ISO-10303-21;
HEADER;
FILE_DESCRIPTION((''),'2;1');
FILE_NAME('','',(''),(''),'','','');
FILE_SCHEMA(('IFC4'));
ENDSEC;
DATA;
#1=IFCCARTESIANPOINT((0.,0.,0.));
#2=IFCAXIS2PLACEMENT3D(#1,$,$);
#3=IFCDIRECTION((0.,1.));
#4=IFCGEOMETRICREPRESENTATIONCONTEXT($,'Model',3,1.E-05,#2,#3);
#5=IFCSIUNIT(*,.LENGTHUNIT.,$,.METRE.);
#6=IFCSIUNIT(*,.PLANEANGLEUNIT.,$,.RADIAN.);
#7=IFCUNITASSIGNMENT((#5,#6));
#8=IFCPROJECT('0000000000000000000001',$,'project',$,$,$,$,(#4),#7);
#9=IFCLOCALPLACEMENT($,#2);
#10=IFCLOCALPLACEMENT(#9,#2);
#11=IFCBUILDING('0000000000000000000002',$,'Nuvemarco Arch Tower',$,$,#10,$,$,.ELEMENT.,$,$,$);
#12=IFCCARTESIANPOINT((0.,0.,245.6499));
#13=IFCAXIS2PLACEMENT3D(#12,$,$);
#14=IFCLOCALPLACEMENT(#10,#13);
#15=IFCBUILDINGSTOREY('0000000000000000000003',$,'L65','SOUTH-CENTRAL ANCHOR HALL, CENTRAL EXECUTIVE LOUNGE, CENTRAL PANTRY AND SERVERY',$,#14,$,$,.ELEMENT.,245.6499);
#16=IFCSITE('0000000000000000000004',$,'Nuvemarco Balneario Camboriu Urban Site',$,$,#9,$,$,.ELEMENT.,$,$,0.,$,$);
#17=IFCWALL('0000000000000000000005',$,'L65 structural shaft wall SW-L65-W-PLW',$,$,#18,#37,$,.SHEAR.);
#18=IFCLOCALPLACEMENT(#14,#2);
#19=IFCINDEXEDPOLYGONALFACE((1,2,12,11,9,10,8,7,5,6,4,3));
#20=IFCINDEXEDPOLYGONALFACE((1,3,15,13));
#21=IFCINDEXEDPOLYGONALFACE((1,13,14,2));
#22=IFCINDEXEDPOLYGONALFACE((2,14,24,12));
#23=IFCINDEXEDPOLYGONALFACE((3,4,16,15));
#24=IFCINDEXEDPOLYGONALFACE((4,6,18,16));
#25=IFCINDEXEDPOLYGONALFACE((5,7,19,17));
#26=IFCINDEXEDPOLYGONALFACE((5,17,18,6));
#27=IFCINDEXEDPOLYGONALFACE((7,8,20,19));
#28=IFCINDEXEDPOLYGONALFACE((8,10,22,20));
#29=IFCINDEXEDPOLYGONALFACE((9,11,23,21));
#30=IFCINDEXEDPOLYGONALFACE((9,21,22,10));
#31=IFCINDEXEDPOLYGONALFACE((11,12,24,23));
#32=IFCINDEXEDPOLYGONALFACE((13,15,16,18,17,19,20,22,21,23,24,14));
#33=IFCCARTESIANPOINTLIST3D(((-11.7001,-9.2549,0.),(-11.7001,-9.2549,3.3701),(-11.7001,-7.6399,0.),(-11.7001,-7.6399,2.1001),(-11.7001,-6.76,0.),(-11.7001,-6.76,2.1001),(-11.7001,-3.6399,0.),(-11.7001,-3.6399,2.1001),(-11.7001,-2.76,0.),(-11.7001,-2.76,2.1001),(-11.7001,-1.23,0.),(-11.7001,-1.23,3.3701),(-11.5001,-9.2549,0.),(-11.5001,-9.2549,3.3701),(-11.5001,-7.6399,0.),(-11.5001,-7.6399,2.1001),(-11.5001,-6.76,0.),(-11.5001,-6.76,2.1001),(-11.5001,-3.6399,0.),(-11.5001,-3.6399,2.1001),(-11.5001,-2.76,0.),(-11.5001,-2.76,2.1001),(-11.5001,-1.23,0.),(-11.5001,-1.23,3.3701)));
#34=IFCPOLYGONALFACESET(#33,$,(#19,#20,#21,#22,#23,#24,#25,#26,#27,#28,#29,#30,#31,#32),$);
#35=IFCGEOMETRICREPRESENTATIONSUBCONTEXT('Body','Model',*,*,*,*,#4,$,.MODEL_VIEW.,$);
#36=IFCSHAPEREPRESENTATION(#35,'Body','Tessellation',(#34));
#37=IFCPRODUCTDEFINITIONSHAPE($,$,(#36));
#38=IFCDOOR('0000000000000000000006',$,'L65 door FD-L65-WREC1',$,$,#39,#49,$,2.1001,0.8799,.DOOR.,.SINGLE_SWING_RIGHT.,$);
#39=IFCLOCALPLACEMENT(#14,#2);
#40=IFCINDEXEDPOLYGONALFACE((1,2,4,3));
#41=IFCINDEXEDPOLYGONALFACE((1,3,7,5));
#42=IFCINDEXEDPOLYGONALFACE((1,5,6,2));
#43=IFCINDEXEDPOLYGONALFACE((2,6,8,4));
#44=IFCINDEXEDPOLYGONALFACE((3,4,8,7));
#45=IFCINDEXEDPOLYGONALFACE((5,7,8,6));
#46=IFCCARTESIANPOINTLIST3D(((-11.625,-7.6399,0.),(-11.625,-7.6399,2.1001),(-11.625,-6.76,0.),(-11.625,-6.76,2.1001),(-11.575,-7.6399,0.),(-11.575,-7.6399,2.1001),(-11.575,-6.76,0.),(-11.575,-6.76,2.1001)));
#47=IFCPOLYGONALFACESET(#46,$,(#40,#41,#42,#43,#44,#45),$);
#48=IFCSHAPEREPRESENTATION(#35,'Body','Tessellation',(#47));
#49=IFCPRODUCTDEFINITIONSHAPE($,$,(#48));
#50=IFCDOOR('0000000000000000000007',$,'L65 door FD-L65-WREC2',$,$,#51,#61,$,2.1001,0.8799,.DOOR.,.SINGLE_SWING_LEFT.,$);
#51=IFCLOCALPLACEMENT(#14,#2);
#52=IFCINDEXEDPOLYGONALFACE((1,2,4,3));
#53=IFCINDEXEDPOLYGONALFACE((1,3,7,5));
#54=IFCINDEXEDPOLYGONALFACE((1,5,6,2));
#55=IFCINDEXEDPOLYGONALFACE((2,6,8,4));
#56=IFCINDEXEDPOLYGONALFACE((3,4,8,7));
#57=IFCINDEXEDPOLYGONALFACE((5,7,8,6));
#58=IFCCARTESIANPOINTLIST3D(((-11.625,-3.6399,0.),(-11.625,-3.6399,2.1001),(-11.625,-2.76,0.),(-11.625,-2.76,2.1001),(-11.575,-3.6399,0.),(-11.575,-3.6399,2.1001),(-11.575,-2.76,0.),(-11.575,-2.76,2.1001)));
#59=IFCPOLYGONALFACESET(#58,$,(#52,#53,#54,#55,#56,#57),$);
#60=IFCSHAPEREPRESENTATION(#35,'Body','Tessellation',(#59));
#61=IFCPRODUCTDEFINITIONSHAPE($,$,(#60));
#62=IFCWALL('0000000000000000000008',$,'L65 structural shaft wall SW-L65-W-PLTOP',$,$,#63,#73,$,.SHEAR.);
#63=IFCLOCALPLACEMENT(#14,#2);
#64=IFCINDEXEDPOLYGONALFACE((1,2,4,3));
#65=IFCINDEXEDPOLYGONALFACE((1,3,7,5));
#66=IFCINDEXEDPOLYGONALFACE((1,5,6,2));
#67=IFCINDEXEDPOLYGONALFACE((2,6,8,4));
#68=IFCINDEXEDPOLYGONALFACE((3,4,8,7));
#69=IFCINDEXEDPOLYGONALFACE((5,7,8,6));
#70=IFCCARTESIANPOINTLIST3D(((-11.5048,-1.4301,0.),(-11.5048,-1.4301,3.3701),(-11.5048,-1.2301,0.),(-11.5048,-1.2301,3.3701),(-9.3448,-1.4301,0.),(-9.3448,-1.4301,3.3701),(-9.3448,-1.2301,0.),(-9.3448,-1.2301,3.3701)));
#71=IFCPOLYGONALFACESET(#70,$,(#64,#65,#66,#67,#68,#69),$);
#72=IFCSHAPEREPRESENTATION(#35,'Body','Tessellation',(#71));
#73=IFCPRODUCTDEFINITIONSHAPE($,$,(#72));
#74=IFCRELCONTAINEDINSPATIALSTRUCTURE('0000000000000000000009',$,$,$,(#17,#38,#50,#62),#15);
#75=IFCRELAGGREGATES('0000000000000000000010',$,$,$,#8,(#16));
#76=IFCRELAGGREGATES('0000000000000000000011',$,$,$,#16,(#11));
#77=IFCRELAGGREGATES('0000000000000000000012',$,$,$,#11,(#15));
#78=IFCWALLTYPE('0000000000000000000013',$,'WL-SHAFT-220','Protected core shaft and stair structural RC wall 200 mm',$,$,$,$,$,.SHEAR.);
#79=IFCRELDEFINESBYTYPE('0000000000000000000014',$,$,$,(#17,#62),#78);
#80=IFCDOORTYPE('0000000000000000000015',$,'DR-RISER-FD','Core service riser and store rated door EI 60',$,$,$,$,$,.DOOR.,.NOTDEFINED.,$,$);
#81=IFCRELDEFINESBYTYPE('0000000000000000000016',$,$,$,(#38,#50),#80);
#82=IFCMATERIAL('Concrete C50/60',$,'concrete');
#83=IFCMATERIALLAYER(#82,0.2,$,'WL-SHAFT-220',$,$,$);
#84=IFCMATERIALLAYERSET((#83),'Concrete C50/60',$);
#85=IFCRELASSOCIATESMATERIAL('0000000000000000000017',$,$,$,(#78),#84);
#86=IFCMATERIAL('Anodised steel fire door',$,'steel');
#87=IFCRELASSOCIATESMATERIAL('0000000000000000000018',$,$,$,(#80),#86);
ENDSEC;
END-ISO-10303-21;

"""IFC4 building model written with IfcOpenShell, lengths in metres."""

from ifc_helpers import new_model, si_unit, direction, frame, frame_2d, origin, place, context, subcontext, project, spatial, rectangle, extrude, source, transform, mapped, material, layer, layer_set, type_object, type_shapes, element, fill, save


model = new_model("IFC4")

# Units and contexts
model_context = context("Model", 3, precision=1e-05, world=origin(), true_north=direction((0.0, 1.0)))
body_context = subcontext(model_context, "Body", "Model", "MODEL_VIEW")
ifc_project = project(units=[si_unit("LENGTHUNIT", "METRE"), si_unit("PLANEANGLEUNIT", "RADIAN")], contexts=[model_context])

# Site, building, storey
site_placement = place(None, origin())
site = spatial("IfcSite", under=ifc_project, at=site_placement, Name="Nuvemarco Balneario Camboriu Urban Site", CompositionType="ELEMENT", RefElevation=0.0)
building_placement = place(site_placement, origin())
building = spatial("IfcBuilding", under=site, at=building_placement, Name="Nuvemarco Arch Tower", CompositionType="ELEMENT")
storey_placement = place(building_placement, frame((0.0, 0.0, 245.6499)))
storey = spatial("IfcBuildingStorey", under=building, at=storey_placement, Name="L65", Description="SOUTH-CENTRAL ANCHOR HALL, CENTRAL EXECUTIVE LOUNGE, CENTRAL PANTRY AND SERVERY", CompositionType="ELEMENT", Elevation=245.6499)

# Shared definitions
ifc_material_1 = material(Name="Concrete C50/60", Category="concrete")

# Shared definitions
ifc_material_2 = material(Name="Anodised steel fire door", Category="steel")

# Shared definitions
ifc_layer_1 = layer(ifc_material_1, 0.2, Name="WL-SHAFT-220")
ifc_layer_set_1 = layer_set([ifc_layer_1], Name="Concrete C50/60")
wall_type_1 = type_object("IfcWallType", Name="WL-SHAFT-220", Description="Protected core shaft and stair structural RC wall 200 mm", PredefinedType="SHEAR", material=ifc_layer_set_1)

# Shared definitions
door_type_1 = type_object("IfcDoorType", Name="DR-RISER-FD", Description="Core service riser and store rated door EI 60", OperationType="NOTDEFINED", PredefinedType="DOOR", material=ifc_material_2)
shared_shape_1 = source(origin(), body_context, "Body", "SweptSolid", [
    extrude(rectangle(XDim=0.8799, YDim=2.1001, at=frame_2d((0.4399, 1.05))), frame((0.0, 0.0249, 0.0), z_axis=(0.0, -1.0, 0.0), x_axis=(1.0, 0.0, 0.0)), (0.0, 0.0, 1.0), 0.05),
])
type_shapes(door_type_1, [shared_shape_1])

# Wall, openings, doors
wall_1_placement = place(storey_placement, frame((-11.6001, -9.2549, 0.0), z_axis=(0.0, 0.0, 1.0), x_axis=(0.0, 1.0, 0.0)))
wall_1 = element("IfcWall", 1, at=wall_1_placement, inside=storey, type_object=wall_type_1, Name="L65 structural shaft wall SW-L65-W-PLW", PredefinedType="SHEAR", context=body_context, shape_type="SweptSolid", body=[
    extrude(rectangle(XDim=8.0249, YDim=0.2, at=frame_2d((4.0125, 0.0))), origin(), (0.0, 0.0, 1.0), 3.3701),
])
opening_1_placement = place(wall_1_placement, frame((1.615, 0.0, 0.0)))
opening_1 = element("IfcOpeningElement", 2, at=opening_1_placement, cuts=wall_1, PredefinedType="OPENING", context=body_context, shape_type="SweptSolid", body=[
    extrude(rectangle(XDim=0.8799, YDim=2.1001, at=frame_2d((0.4399, 1.05))), frame((0.0, 0.1099, 0.0), z_axis=(0.0, -1.0, 0.0), x_axis=(1.0, 0.0, 0.0)), (0.0, 0.0, 1.0), 0.22),
])
opening_2_placement = place(wall_1_placement, frame((5.615, 0.0, 0.0)))
opening_2 = element("IfcOpeningElement", 3, at=opening_2_placement, cuts=wall_1, PredefinedType="OPENING", context=body_context, shape_type="SweptSolid", body=[
    extrude(rectangle(XDim=0.8799, YDim=2.1001, at=frame_2d((0.4399, 1.05))), frame((0.0, 0.1099, 0.0), z_axis=(0.0, -1.0, 0.0), x_axis=(1.0, 0.0, 0.0)), (0.0, 0.0, 1.0), 0.22),
])
door_1_placement = place(opening_1_placement, origin())
door_1 = element("IfcDoor", 4, at=door_1_placement, inside=storey, type_object=door_type_1, Name="L65 door FD-L65-WREC1", OperationType="SINGLE_SWING_RIGHT", OverallHeight=2.1001, OverallWidth=0.8799, PredefinedType="DOOR", context=body_context, shape_type="MappedRepresentation", body=[
    mapped(shared_shape_1, transform((0.0, 0.0, 0.0), scale=1.0)),
])
fill(opening_1, door_1)
door_2_placement = place(opening_2_placement, origin())
door_2 = element("IfcDoor", 5, at=door_2_placement, inside=storey, type_object=door_type_1, Name="L65 door FD-L65-WREC2", OperationType="SINGLE_SWING_LEFT", OverallHeight=2.1001, OverallWidth=0.8799, PredefinedType="DOOR", context=body_context, shape_type="MappedRepresentation", body=[
    mapped(shared_shape_1, transform((0.0, 0.0, 0.0), scale=1.0)),
])
fill(opening_2, door_2)

# Wall
wall_2_placement = place(storey_placement, frame((-11.5049, -1.3301, 0.0), z_axis=(0.0, 0.0, 1.0), x_axis=(1.0, 0.0, 0.0)))
element("IfcWall", 6, at=wall_2_placement, inside=storey, type_object=wall_type_1, Name="L65 structural shaft wall SW-L65-W-PLTOP", PredefinedType="SHEAR", context=body_context, shape_type="SweptSolid", body=[
    extrude(rectangle(XDim=2.1599, YDim=0.2, at=frame_2d((1.0801, 0.0))), origin(), (0.0, 0.0, 1.0), 3.3701),
])

save(model, "model.ifc")
